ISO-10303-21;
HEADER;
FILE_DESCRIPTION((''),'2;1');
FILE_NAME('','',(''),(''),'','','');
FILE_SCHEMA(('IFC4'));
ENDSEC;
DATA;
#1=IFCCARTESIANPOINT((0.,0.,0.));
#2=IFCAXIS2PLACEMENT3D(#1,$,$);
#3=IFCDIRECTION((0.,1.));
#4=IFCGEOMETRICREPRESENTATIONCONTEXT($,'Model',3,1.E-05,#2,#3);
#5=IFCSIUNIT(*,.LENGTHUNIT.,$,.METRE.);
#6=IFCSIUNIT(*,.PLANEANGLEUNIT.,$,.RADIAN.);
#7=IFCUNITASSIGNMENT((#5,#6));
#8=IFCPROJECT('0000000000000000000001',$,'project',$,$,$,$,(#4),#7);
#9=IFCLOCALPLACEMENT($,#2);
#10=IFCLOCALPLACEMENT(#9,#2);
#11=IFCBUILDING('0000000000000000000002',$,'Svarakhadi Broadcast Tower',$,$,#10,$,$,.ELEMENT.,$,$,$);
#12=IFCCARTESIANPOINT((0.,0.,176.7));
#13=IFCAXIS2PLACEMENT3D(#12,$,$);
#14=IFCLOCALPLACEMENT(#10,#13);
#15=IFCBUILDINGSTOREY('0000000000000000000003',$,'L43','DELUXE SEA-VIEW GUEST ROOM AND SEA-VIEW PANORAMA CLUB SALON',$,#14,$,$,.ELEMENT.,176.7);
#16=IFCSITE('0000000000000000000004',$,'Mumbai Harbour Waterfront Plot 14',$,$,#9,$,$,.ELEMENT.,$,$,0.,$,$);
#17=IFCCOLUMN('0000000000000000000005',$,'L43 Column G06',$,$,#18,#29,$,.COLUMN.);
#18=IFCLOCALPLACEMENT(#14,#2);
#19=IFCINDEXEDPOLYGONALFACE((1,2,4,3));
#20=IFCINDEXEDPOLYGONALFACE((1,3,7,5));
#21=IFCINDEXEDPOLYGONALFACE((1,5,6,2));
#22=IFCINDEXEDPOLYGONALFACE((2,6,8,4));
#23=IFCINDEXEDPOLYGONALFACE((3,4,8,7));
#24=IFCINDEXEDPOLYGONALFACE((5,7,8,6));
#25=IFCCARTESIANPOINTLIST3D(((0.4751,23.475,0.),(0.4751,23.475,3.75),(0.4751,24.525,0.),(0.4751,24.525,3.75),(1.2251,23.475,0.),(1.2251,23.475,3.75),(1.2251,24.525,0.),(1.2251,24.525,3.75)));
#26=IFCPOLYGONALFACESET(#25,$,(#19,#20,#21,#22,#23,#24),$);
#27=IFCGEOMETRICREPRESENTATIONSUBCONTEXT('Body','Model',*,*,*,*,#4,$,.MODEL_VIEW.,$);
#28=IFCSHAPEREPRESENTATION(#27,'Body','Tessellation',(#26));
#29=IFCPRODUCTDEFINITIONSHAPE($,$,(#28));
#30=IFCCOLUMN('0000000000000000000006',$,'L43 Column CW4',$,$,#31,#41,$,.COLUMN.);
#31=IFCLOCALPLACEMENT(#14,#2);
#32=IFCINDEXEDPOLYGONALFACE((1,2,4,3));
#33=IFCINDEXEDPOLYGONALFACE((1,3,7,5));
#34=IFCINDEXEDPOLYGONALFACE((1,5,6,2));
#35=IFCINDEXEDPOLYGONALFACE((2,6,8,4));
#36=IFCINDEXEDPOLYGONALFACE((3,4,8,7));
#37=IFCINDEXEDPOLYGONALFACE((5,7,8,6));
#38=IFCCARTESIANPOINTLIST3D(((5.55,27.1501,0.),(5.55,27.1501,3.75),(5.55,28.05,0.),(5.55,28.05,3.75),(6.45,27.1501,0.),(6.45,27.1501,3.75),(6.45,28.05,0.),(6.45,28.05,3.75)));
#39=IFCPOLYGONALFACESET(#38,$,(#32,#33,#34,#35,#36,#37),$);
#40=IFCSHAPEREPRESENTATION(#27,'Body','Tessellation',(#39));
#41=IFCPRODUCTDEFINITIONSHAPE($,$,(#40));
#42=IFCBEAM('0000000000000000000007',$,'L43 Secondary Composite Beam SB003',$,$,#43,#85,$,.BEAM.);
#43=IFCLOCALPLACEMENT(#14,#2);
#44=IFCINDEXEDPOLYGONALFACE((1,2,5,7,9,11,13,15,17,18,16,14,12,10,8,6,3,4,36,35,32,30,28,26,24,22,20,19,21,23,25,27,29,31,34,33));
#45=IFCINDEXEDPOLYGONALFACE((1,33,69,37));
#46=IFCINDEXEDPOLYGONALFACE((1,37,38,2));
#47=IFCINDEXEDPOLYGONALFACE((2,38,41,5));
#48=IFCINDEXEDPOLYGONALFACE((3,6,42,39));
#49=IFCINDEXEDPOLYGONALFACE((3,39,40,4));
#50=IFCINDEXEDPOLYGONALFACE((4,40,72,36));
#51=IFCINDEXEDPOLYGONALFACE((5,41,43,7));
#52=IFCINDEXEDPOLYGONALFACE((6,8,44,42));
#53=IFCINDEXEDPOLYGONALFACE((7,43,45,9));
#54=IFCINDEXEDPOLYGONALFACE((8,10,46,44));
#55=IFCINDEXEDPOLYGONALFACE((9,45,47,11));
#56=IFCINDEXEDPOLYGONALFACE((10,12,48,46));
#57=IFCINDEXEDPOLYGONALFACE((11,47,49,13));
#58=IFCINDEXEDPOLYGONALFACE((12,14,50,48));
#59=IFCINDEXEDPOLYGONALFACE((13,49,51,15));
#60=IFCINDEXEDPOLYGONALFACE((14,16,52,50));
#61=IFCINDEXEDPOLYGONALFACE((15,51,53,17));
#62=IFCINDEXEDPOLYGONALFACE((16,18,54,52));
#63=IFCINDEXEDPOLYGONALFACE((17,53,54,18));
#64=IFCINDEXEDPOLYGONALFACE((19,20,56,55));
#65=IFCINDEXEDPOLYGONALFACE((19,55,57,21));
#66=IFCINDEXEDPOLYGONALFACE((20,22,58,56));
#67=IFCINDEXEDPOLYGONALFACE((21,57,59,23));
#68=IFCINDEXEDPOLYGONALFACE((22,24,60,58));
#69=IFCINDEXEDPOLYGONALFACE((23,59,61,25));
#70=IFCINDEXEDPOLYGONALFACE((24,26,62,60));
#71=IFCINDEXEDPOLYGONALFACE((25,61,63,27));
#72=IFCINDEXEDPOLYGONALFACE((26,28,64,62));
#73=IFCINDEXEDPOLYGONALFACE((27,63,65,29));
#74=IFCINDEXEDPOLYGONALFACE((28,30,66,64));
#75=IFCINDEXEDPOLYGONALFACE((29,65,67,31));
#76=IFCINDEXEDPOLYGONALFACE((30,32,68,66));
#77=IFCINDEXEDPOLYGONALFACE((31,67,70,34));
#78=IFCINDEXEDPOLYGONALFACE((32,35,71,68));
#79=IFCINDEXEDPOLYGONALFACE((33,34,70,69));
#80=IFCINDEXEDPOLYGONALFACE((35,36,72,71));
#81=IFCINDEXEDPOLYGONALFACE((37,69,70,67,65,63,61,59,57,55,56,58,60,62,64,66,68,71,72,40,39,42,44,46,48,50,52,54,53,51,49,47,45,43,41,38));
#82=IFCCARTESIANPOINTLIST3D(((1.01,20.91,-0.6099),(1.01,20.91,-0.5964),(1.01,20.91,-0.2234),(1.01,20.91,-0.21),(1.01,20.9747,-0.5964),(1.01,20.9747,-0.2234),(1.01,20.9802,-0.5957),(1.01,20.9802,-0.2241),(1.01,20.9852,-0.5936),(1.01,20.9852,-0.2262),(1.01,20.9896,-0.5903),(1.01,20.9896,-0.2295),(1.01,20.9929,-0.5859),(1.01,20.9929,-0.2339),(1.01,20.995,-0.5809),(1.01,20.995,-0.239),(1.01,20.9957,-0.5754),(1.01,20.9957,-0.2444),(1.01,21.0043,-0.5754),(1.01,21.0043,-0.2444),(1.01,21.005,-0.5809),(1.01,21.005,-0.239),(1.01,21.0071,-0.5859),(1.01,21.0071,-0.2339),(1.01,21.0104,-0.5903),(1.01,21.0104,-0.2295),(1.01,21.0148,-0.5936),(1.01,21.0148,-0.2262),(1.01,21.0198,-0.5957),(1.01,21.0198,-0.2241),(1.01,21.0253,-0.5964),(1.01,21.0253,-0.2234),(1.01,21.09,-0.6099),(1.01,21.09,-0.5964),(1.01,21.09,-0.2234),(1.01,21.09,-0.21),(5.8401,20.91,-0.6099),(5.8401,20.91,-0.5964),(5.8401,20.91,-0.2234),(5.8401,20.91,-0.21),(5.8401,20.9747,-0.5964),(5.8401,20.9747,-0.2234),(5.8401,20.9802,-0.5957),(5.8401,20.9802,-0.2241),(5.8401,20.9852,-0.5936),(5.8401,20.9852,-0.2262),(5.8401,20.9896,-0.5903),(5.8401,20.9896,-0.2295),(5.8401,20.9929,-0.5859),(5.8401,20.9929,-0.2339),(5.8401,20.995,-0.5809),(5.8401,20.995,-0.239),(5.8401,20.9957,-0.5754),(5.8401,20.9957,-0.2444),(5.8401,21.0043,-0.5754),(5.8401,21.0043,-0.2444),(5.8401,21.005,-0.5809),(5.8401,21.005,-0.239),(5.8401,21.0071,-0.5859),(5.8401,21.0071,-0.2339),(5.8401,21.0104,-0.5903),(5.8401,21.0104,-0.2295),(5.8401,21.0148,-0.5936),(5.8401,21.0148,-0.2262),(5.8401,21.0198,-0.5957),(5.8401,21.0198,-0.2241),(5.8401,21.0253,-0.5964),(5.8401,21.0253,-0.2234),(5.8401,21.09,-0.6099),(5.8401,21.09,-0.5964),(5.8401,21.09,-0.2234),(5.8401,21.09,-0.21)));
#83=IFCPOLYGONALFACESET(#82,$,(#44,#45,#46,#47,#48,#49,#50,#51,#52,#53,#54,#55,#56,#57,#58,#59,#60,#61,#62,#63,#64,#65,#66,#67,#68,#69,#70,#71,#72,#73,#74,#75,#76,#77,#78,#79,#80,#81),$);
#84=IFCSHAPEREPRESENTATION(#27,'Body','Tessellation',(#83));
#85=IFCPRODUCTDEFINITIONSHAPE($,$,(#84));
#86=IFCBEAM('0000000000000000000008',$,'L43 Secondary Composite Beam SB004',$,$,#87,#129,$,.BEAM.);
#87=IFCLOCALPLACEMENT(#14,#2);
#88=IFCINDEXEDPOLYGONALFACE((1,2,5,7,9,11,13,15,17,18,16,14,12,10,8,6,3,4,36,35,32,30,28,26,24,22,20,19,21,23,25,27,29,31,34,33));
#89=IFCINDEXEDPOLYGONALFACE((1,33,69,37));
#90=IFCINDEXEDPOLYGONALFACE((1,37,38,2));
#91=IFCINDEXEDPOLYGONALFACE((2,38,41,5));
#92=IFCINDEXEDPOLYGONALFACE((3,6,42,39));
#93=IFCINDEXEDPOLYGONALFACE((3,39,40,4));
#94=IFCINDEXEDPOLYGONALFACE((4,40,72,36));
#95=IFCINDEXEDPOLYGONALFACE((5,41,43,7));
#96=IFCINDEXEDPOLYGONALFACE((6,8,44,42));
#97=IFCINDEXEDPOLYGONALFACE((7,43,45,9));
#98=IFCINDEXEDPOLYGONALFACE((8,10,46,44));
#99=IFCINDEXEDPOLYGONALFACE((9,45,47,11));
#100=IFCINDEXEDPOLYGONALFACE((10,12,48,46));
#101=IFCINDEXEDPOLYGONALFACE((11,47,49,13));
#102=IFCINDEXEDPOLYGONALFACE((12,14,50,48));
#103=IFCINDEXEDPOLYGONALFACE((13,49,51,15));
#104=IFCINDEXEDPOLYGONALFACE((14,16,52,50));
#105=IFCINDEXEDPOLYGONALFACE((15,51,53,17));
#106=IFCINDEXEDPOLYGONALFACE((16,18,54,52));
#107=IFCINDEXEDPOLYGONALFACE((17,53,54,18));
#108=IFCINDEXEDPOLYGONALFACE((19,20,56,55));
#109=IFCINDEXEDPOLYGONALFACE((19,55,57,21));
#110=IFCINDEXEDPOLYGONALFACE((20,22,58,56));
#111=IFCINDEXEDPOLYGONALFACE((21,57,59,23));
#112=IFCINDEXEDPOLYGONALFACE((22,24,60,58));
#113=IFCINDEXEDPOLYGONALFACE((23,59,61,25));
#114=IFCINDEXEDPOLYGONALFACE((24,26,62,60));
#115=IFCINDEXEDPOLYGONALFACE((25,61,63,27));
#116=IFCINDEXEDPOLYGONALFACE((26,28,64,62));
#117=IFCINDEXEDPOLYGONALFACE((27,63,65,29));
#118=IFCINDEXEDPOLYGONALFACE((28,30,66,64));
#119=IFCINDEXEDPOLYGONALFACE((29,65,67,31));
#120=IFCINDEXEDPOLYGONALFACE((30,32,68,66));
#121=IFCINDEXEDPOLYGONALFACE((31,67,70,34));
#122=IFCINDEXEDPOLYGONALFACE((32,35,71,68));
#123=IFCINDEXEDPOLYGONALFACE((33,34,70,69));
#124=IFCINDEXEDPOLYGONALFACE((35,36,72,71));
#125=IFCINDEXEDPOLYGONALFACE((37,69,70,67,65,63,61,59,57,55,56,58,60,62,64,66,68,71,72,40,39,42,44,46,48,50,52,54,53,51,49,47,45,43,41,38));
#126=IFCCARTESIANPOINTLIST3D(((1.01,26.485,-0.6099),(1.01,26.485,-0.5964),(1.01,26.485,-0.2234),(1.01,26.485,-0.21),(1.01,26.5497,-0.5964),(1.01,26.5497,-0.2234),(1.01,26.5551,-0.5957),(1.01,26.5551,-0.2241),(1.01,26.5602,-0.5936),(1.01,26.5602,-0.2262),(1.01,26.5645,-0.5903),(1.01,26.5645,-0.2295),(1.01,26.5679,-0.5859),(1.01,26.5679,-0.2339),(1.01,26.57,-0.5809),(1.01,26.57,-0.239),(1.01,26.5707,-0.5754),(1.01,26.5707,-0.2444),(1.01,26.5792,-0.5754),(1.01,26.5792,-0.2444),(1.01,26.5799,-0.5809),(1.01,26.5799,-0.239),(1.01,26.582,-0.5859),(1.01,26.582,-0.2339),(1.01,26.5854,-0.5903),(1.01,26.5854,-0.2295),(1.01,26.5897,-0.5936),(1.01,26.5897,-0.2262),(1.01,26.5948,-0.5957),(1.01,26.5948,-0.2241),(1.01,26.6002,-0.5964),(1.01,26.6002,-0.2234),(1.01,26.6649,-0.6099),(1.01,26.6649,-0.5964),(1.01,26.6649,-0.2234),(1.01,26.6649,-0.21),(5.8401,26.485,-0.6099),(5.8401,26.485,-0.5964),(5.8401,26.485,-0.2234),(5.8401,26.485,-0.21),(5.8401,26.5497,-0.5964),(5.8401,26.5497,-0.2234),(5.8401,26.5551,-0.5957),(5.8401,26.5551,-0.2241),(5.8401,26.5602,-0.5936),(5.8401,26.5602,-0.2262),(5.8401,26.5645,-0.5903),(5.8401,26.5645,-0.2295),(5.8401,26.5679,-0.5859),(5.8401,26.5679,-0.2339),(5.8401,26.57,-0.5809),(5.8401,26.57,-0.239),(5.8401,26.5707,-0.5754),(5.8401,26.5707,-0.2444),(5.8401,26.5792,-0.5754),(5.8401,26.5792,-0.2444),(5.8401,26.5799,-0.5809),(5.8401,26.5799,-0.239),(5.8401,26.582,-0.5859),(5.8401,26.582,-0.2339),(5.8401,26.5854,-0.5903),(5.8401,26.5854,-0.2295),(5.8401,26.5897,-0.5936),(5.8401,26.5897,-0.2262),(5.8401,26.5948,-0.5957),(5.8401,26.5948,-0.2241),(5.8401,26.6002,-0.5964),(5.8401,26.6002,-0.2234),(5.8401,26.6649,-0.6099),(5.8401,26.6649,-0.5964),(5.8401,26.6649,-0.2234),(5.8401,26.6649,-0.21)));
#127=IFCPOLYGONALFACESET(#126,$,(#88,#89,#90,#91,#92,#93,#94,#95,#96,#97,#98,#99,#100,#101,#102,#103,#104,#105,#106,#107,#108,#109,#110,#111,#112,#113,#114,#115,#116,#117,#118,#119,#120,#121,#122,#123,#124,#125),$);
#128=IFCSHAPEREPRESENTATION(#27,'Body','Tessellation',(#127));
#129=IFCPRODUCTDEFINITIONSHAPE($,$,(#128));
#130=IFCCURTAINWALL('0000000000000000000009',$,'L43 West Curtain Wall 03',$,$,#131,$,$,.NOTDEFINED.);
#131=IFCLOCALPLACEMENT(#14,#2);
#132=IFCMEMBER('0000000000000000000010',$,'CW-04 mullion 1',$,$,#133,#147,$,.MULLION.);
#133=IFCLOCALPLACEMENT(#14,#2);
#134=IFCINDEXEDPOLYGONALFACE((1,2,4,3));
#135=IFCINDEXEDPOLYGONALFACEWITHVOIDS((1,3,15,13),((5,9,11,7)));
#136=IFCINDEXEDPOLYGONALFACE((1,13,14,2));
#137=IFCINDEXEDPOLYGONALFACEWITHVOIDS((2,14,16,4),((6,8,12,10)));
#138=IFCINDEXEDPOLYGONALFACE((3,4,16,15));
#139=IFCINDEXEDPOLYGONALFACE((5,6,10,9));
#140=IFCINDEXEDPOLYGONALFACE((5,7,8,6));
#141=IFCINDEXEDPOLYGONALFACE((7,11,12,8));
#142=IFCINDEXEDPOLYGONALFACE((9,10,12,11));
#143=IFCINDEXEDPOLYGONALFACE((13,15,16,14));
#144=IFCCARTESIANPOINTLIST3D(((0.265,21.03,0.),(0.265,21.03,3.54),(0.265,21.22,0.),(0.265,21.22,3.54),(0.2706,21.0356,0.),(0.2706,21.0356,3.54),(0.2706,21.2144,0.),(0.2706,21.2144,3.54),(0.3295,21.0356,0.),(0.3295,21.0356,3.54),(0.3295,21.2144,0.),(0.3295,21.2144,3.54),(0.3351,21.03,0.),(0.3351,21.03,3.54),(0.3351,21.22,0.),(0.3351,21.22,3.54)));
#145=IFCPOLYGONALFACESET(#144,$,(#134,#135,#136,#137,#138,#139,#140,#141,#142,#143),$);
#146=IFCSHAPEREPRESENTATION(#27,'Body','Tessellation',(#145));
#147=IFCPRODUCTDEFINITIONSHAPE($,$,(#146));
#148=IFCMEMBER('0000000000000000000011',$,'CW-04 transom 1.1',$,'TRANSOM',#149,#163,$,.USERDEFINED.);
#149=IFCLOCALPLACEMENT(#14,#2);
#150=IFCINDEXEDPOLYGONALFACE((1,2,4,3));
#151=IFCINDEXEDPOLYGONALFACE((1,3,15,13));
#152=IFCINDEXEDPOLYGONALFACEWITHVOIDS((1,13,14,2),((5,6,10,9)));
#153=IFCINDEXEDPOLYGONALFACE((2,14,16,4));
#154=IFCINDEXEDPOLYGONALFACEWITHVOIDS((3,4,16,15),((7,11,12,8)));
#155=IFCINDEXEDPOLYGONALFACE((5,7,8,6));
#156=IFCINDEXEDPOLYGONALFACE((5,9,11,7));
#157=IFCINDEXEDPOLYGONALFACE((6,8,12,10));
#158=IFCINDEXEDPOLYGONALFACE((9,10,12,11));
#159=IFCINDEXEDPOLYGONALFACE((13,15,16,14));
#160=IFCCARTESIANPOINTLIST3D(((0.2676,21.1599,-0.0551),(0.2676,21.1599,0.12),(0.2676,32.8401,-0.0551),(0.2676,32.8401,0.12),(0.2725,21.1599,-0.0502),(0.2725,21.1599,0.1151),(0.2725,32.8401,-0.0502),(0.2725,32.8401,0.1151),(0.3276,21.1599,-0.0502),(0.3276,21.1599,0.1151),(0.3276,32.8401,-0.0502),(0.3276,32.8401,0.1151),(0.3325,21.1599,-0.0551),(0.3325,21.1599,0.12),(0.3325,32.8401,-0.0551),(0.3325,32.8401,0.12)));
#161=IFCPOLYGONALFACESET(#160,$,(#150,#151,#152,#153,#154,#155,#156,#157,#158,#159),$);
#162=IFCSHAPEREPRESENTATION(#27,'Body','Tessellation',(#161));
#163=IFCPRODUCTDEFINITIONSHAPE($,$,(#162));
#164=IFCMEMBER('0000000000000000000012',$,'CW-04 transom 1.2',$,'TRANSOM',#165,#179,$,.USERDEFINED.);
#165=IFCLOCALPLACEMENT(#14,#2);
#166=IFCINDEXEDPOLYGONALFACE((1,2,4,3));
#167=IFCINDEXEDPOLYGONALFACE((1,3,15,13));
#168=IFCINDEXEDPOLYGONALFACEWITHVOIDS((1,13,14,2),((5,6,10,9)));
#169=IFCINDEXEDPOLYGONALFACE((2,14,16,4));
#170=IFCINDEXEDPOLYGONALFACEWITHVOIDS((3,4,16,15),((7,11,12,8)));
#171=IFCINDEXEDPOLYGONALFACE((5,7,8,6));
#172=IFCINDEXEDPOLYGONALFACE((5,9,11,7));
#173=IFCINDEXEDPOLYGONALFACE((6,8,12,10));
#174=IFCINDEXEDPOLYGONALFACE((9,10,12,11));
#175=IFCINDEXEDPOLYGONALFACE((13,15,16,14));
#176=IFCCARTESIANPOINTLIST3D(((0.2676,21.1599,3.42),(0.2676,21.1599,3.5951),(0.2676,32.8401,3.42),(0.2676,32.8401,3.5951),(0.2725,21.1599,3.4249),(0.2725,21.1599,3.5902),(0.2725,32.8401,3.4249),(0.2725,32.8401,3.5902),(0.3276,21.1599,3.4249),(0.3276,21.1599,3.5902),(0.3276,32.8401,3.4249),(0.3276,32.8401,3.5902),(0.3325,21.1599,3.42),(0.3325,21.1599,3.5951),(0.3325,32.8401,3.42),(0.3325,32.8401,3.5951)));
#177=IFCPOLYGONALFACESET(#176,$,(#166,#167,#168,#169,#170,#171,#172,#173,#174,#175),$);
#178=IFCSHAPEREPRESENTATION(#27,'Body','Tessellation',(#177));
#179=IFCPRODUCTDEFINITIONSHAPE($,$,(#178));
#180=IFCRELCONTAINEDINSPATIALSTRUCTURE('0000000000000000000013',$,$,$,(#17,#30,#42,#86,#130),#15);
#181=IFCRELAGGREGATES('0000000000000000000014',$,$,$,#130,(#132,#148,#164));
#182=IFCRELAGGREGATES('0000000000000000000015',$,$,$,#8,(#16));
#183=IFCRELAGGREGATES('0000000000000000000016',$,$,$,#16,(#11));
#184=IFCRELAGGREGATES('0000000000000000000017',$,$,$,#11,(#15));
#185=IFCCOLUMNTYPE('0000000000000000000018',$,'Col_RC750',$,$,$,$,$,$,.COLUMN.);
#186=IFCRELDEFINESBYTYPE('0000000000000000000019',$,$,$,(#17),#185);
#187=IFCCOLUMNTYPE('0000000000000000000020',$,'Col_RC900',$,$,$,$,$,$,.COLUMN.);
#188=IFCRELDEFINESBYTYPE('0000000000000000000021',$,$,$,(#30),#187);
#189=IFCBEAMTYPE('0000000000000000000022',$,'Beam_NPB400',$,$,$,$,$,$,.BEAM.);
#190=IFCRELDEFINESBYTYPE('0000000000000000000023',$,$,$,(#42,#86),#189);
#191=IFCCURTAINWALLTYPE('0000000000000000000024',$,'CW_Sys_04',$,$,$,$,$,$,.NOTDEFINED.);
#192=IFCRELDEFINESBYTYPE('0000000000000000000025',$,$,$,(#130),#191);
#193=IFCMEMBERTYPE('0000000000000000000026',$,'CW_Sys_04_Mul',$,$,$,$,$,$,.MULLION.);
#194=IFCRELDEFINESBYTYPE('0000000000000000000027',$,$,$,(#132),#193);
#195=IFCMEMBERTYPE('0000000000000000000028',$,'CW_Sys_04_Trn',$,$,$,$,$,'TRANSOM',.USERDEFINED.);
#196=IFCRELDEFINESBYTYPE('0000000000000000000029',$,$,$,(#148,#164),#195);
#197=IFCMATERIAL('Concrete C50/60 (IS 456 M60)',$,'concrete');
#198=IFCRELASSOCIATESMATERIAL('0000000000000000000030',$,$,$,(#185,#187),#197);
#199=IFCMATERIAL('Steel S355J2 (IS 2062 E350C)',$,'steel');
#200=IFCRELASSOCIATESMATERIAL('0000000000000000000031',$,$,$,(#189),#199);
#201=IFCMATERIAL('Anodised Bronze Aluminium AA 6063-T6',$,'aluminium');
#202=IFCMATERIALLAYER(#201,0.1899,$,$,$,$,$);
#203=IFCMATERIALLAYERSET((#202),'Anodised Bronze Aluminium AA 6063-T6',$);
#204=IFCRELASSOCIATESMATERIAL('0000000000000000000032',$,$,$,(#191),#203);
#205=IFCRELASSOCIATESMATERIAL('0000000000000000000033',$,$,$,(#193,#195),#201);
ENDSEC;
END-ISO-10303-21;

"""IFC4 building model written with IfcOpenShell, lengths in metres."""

from ifc_helpers import new_model, si_unit, direction, frame, origin, origin_2d, place, context, subcontext, project, spatial, rectangle, hollow_rectangle, i_section, extrude, material, layer, layer_set, material_profile, profile_set, type_object, element, aggregate, save


model = new_model("IFC4")

# Units and contexts
model_context = context("Model", 3, precision=1e-05, world=origin(), true_north=direction((0.0, 1.0)))
body_context = subcontext(model_context, "Body", "Model", "MODEL_VIEW")
ifc_project = project(units=[si_unit("LENGTHUNIT", "METRE"), si_unit("PLANEANGLEUNIT", "RADIAN")], contexts=[model_context])

# Site, building, storey
site_placement = place(None, origin())
site = spatial("IfcSite", under=ifc_project, at=site_placement, Name="Mumbai Harbour Waterfront Plot 14", CompositionType="ELEMENT", RefElevation=0.0)
building_placement = place(site_placement, origin())
building = spatial("IfcBuilding", under=site, at=building_placement, Name="Svarakhadi Broadcast Tower", CompositionType="ELEMENT")
storey_placement = place(building_placement, frame((0.0, 0.0, 176.7)))
storey = spatial("IfcBuildingStorey", under=building, at=storey_placement, Name="L43", Description="DELUXE SEA-VIEW GUEST ROOM AND SEA-VIEW PANORAMA CLUB SALON", CompositionType="ELEMENT", Elevation=176.7)

# Columns
ifc_material_1 = material(Name="Concrete C50/60 (IS 456 M60)", Category="concrete")
ifc_material_profile_1 = material_profile(ifc_material_1, rectangle(XDim=0.75, YDim=1.05, at=origin_2d()), Name="RC 750x1050")
ifc_profile_set_1 = profile_set([ifc_material_profile_1], Name="Concrete C50/60 (IS 456 M60)")
column_type_1 = type_object("IfcColumnType", Name="Col_RC750", PredefinedType="COLUMN", material=ifc_profile_set_1)
column_1_placement = place(storey_placement, frame((0.8501, 24.0, 0.0), z_axis=(0.0, 0.0, 1.0), x_axis=(1.0, 0.0, 0.0)))
element("IfcColumn", 1, at=column_1_placement, inside=storey, type_object=column_type_1, Name="L43 Column G06", PredefinedType="COLUMN", context=body_context, shape_type="SweptSolid", body=[
    extrude(rectangle(XDim=0.75, YDim=1.05, at=origin_2d()), origin(), (0.0, 0.0, 1.0), 3.75),
])
ifc_material_profile_2 = material_profile(ifc_material_1, rectangle(XDim=0.8999, YDim=0.8999, at=origin_2d()), Name="RC 900x900")
ifc_profile_set_2 = profile_set([ifc_material_profile_2], Name="Concrete C50/60 (IS 456 M60)")
column_type_2 = type_object("IfcColumnType", Name="Col_RC900", PredefinedType="COLUMN", material=ifc_profile_set_2)
column_2_placement = place(storey_placement, frame((6.0, 27.6001, 0.0), z_axis=(0.0, 0.0, 1.0), x_axis=(1.0, 0.0, 0.0)))
element("IfcColumn", 2, at=column_2_placement, inside=storey, type_object=column_type_2, Name="L43 Column CW4", PredefinedType="COLUMN", context=body_context, shape_type="SweptSolid", body=[
    extrude(rectangle(XDim=0.8999, YDim=0.8999, at=origin_2d()), origin(), (0.0, 0.0, 1.0), 3.75),
])

# Beams
ifc_material_2 = material(Name="Steel S355J2 (IS 2062 E350C)", Category="steel")
ifc_material_profile_3 = material_profile(ifc_material_2, i_section(OverallWidth=0.1799, OverallDepth=0.3999, WebThickness=0.0085, FlangeThickness=0.0134, FilletRadius=0.021, at=origin_2d()), Name="NPB 400x180x66")
ifc_profile_set_3 = profile_set([ifc_material_profile_3], Name="Steel S355J2 (IS 2062 E350C)")
beam_type_1 = type_object("IfcBeamType", Name="Beam_NPB400", PredefinedType="BEAM", material=ifc_profile_set_3)
for number, where, z_axis, x_axis, name in (
    (3, (1.01, 21.0, -0.4099), (1.0, 0.0, 0.0), (0.0, 1.0, 0.0), "L43 Secondary Composite Beam SB003"),
    (4, (1.01, 26.575, -0.4099), (1.0, 0.0, 0.0), (0.0, 1.0, 0.0), "L43 Secondary Composite Beam SB004"),
):
    element("IfcBeam", number, at=place(storey_placement, frame(where, z_axis=z_axis, x_axis=x_axis)), inside=storey, type_object=beam_type_1, Name=name, PredefinedType="BEAM", context=body_context, shape_type="SweptSolid", body=[
        extrude(i_section(OverallWidth=0.1799, OverallDepth=0.3999, WebThickness=0.0085, FlangeThickness=0.0134, FilletRadius=0.021, at=origin_2d()), origin(), (0.0, 0.0, 1.0), 4.8301),
    ])

# Curtain wall, members
ifc_material_3 = material(Name="Anodised Bronze Aluminium AA 6063-T6", Category="aluminium")
ifc_layer_1 = layer(ifc_material_3, 0.1899)
ifc_layer_set_1 = layer_set([ifc_layer_1], Name="Anodised Bronze Aluminium AA 6063-T6")
curtain_wall_type = type_object("IfcCurtainWallType", Name="CW_Sys_04", PredefinedType="NOTDEFINED", material=ifc_layer_set_1)
curtain_wall_placement = place(storey_placement, origin())
curtain_wall = element("IfcCurtainWall", 5, at=curtain_wall_placement, inside=storey, type_object=curtain_wall_type, Name="L43 West Curtain Wall 03", PredefinedType="NOTDEFINED")
ifc_material_profile_4 = material_profile(ifc_material_3, hollow_rectangle(XDim=0.0701, YDim=0.1899, WallThickness=0.0056, at=origin_2d()), Name="ALU MULLION 190x70x6")
ifc_profile_set_4 = profile_set([ifc_material_profile_4], Name="Anodised Bronze Aluminium AA 6063-T6")
member_type_1 = type_object("IfcMemberType", Name="CW_Sys_04_Mul", PredefinedType="MULLION", material=ifc_profile_set_4)
member_1_placement = place(storey_placement, frame((0.3, 21.125, 0.0), z_axis=(0.0, 0.0, 1.0), x_axis=(-1.0, 0.0, 0.0)))
member_1 = element("IfcMember", 6, at=member_1_placement, type_object=member_type_1, Name="CW-04 mullion 1", PredefinedType="MULLION", context=body_context, shape_type="SweptSolid", body=[
    extrude(hollow_rectangle(XDim=0.0701, YDim=0.1899, WallThickness=0.0056, at=origin_2d()), origin(), (0.0, 0.0, 1.0), 3.54),
])
ifc_material_profile_5 = material_profile(ifc_material_3, hollow_rectangle(XDim=0.0649, YDim=0.175, WallThickness=0.0049, at=origin_2d()), Name="ALU TRANSOM 175x65x5")
ifc_profile_set_5 = profile_set([ifc_material_profile_5], Name="Anodised Bronze Aluminium AA 6063-T6")
member_type_2 = type_object("IfcMemberType", Name="CW_Sys_04_Trn", ElementType="TRANSOM", PredefinedType="USERDEFINED", material=ifc_profile_set_5)
member_2_placement = place(storey_placement, frame((0.3, 21.1599, 0.0325), z_axis=(0.0, 1.0, 0.0), x_axis=(-1.0, 0.0, 0.0)))
member_2 = element("IfcMember", 7, at=member_2_placement, type_object=member_type_2, Name="CW-04 transom 1.1", ObjectType="TRANSOM", PredefinedType="USERDEFINED", context=body_context, shape_type="SweptSolid", body=[
    extrude(hollow_rectangle(XDim=0.0649, YDim=0.175, WallThickness=0.0049, at=origin_2d()), origin(), (0.0, 0.0, 1.0), 11.6802),
])
member_3_placement = place(storey_placement, frame((0.3, 21.1599, 3.5076), z_axis=(0.0, 1.0, 0.0), x_axis=(-1.0, 0.0, 0.0)))
member_3 = element("IfcMember", 8, at=member_3_placement, type_object=member_type_2, Name="CW-04 transom 1.2", ObjectType="TRANSOM", PredefinedType="USERDEFINED", context=body_context, shape_type="SweptSolid", body=[
    extrude(hollow_rectangle(XDim=0.0649, YDim=0.175, WallThickness=0.0049, at=origin_2d()), origin(), (0.0, 0.0, 1.0), 11.6802),
])

aggregate(curtain_wall, [member_1, member_2, member_3])

save(model, "model.ifc")
